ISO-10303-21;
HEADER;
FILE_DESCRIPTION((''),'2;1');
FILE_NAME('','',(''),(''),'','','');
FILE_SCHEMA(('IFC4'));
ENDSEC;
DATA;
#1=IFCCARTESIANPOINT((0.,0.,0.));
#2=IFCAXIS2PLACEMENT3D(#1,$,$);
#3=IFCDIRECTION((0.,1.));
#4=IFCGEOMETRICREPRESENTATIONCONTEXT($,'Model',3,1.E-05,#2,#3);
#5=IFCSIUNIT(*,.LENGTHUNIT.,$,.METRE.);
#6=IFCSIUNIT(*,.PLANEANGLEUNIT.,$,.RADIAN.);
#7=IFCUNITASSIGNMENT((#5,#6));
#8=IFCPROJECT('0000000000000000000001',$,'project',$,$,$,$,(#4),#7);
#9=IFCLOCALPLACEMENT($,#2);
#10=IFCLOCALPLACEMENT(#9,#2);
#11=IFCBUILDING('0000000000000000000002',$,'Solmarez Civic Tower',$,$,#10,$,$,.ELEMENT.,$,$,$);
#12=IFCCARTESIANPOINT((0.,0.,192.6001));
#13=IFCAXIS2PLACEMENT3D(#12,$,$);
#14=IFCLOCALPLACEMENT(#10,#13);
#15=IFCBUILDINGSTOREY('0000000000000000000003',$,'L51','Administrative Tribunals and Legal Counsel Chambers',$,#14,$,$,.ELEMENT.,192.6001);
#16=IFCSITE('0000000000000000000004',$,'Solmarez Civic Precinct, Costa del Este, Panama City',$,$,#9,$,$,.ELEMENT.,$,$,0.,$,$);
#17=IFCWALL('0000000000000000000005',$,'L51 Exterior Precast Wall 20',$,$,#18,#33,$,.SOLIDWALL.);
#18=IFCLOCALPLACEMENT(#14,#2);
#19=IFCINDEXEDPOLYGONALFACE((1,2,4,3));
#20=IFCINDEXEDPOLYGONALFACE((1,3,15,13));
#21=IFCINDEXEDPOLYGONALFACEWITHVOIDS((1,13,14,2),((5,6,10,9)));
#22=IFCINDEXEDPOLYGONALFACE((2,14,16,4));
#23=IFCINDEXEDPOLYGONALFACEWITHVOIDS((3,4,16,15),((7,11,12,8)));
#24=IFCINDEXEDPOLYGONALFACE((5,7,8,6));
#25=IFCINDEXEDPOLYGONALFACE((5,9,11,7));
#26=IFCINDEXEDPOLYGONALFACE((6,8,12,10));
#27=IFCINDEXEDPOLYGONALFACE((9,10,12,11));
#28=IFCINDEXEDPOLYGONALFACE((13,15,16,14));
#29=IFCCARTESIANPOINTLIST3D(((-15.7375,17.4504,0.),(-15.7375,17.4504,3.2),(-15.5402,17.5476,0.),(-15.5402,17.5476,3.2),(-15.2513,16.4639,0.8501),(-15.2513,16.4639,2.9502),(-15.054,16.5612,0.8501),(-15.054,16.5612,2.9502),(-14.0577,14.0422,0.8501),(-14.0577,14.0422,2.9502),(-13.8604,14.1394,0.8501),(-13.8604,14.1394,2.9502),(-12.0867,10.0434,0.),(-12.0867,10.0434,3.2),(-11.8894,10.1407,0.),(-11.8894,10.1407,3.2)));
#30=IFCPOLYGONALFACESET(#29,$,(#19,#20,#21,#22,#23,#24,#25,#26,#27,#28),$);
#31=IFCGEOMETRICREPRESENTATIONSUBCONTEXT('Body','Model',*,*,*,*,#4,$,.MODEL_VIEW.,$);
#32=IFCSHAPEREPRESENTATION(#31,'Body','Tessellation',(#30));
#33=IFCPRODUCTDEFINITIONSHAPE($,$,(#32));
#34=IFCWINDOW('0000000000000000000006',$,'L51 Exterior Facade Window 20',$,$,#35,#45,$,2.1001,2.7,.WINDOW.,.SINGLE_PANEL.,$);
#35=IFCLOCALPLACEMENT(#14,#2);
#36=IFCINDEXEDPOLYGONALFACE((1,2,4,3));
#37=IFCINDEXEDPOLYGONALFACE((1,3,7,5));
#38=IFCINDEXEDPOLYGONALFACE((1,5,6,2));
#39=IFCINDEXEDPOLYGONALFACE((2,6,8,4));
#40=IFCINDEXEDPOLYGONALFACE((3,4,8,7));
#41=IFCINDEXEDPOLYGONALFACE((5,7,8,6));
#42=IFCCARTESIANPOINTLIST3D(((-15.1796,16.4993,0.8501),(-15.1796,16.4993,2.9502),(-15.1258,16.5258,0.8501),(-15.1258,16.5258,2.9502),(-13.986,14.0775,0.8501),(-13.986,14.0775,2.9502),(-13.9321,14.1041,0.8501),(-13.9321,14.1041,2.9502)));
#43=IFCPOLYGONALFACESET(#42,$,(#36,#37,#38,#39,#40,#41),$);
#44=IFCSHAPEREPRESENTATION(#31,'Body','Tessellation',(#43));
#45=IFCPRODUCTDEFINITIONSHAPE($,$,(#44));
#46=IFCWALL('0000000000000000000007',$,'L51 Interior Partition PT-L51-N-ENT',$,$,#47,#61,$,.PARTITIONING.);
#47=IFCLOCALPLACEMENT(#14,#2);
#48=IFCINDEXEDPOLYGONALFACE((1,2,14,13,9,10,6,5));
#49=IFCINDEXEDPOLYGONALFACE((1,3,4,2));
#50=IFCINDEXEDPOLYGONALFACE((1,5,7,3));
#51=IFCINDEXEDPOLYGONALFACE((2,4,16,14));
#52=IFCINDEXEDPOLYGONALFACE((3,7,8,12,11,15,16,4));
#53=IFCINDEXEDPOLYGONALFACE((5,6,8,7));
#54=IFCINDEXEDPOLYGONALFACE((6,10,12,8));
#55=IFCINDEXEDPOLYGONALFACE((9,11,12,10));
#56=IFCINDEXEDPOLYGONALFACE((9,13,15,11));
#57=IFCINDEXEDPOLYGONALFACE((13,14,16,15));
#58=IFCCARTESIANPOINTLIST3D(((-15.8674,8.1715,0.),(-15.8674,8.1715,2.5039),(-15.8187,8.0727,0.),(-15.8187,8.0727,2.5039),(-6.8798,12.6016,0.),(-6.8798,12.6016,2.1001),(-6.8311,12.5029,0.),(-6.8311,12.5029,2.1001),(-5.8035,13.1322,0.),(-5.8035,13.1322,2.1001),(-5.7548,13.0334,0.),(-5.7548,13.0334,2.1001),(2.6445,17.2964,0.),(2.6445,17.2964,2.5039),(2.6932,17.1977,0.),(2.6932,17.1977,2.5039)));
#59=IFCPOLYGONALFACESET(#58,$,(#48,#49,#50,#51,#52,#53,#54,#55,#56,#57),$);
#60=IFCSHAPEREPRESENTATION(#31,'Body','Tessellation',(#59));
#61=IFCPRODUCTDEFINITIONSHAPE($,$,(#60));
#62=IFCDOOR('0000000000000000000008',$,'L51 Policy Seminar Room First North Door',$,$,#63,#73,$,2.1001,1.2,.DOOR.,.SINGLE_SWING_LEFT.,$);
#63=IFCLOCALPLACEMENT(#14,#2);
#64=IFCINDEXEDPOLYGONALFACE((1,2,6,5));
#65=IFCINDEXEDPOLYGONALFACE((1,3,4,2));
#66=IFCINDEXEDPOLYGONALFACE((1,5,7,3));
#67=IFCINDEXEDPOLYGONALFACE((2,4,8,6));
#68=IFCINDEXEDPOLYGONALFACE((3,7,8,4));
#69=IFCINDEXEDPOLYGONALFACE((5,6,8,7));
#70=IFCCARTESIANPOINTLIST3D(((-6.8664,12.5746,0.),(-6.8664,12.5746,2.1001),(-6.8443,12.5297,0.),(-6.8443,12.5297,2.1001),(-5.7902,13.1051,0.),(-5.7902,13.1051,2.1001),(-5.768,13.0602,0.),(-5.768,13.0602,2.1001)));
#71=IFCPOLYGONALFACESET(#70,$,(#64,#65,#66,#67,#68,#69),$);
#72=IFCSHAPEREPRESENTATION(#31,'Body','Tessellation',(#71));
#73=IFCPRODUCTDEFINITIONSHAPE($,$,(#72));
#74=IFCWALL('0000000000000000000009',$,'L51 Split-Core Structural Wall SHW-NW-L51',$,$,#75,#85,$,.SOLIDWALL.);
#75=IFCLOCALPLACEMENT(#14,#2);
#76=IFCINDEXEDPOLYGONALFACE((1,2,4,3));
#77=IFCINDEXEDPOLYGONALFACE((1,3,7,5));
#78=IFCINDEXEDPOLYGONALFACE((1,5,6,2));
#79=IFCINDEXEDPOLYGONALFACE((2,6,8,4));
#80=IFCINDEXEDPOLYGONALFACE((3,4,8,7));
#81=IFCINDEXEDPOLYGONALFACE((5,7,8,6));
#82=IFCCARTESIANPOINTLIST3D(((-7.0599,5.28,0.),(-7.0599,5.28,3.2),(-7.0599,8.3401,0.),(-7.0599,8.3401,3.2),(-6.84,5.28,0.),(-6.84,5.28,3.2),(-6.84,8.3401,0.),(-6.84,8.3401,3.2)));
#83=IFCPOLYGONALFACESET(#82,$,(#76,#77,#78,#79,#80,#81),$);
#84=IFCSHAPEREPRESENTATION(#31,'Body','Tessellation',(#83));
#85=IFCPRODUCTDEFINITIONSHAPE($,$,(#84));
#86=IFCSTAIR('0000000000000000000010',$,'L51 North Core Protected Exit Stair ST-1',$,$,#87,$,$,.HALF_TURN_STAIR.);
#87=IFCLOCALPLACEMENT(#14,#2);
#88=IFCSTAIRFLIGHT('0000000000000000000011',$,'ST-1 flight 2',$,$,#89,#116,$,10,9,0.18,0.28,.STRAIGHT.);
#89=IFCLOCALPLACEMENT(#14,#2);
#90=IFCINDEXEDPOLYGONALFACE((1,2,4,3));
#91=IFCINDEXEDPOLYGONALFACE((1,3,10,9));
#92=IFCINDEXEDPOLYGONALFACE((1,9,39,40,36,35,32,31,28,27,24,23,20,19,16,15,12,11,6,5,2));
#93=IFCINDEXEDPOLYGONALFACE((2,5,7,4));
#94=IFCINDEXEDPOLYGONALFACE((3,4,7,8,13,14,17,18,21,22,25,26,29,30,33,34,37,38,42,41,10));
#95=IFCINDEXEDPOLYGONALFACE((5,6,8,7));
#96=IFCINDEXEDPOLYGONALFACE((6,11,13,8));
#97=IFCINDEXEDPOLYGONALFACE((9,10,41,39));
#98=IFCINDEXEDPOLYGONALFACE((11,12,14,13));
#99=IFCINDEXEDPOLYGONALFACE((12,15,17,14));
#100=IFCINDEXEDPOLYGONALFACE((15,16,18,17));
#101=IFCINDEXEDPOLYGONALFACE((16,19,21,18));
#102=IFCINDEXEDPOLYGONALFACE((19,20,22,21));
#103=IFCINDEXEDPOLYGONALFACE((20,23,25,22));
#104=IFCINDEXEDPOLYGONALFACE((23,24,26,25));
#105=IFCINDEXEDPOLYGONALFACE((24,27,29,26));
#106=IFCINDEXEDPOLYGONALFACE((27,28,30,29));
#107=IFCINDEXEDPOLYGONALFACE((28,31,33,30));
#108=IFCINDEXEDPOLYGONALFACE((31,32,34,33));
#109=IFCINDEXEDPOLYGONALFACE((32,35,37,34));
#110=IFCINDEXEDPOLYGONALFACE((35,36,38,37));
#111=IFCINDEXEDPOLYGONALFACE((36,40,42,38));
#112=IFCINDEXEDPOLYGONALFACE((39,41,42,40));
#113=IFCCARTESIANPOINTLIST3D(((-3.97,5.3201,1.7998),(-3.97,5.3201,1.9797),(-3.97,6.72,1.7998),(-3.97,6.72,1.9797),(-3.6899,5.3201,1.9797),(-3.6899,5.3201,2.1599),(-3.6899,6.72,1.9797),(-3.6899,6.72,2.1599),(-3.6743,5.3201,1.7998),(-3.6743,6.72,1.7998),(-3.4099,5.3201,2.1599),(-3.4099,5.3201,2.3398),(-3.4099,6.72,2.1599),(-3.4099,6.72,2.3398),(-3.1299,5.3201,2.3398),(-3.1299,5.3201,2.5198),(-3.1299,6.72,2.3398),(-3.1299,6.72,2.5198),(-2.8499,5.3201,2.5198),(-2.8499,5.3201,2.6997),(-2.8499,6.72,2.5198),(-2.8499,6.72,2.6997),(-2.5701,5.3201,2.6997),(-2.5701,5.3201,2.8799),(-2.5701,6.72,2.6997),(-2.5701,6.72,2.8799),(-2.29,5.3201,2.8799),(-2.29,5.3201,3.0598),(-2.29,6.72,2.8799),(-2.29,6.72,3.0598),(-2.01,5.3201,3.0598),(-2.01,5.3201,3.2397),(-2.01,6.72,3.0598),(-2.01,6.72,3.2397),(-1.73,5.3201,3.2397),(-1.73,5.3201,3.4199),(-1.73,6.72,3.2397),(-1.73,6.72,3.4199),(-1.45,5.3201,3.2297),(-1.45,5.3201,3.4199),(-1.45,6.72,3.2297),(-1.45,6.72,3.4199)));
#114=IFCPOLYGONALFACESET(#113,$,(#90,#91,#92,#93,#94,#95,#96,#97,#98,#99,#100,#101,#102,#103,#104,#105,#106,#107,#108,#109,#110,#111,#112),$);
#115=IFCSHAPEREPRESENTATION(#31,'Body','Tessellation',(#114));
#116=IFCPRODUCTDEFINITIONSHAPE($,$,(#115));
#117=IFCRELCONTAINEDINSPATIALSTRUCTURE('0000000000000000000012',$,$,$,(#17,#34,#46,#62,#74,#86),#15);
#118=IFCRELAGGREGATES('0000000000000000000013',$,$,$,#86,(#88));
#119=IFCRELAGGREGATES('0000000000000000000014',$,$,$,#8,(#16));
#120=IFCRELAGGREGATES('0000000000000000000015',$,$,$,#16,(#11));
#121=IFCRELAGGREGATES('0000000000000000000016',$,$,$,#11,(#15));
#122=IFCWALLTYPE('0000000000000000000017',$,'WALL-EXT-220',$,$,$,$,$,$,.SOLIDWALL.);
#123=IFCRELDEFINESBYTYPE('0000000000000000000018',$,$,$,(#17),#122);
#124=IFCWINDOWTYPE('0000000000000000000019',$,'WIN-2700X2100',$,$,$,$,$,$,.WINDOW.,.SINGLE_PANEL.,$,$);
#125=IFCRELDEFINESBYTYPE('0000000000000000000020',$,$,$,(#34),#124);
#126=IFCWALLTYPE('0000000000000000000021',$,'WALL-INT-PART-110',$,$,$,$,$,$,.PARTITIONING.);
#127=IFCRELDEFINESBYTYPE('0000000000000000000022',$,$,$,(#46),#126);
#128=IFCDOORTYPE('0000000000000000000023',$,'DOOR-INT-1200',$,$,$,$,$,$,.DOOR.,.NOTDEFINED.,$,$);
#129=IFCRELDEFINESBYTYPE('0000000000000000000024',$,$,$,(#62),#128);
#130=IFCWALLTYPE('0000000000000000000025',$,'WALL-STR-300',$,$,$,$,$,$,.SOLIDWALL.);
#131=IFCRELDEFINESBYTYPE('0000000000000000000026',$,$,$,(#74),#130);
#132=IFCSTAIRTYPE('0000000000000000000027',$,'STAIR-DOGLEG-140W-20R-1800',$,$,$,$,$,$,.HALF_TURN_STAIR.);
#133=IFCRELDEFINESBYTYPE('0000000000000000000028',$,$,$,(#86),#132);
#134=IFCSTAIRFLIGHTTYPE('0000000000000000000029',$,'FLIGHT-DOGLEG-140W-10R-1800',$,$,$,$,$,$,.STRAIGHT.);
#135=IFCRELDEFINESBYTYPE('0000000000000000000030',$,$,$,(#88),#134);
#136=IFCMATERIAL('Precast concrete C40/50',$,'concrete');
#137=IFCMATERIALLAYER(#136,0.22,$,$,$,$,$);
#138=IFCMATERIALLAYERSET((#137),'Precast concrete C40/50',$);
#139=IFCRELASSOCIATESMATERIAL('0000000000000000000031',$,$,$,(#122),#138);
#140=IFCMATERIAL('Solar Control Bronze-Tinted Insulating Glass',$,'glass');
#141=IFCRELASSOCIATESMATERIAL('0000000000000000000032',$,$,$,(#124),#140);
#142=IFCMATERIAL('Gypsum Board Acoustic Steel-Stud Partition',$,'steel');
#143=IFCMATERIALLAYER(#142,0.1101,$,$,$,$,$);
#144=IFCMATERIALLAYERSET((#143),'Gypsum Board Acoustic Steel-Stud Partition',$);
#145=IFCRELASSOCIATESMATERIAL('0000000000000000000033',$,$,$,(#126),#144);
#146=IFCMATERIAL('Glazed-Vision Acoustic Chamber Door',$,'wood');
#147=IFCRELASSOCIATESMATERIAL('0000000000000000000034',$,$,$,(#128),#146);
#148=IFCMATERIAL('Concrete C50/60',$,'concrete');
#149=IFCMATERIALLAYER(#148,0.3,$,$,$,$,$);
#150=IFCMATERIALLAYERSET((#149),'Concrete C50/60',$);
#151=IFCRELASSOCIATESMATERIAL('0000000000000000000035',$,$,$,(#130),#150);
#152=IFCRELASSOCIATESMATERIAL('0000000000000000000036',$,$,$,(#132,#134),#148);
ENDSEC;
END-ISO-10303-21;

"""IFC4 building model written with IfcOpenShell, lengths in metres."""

from ifc_helpers import new_model, si_unit, direction, frame, frame_2d, origin, place, context, subcontext, project, spatial, polyline, rectangle, outline, extrude, material, layer, layer_set, type_object, element, fill, aggregate, save


model = new_model("IFC4")

# Units and contexts
model_context = context("Model", 3, precision=1e-05, world=origin(), true_north=direction((0.0, 1.0)))
body_context = subcontext(model_context, "Body", "Model", "MODEL_VIEW")
ifc_project = project(units=[si_unit("LENGTHUNIT", "METRE"), si_unit("PLANEANGLEUNIT", "RADIAN")], contexts=[model_context])

# Site, building, storey
site_placement = place(None, origin())
site = spatial("IfcSite", under=ifc_project, at=site_placement, Name="Solmarez Civic Precinct, Costa del Este, Panama City", CompositionType="ELEMENT", RefElevation=0.0)
building_placement = place(site_placement, origin())
building = spatial("IfcBuilding", under=site, at=building_placement, Name="Solmarez Civic Tower", CompositionType="ELEMENT")
storey_placement = place(building_placement, frame((0.0, 0.0, 192.6001)))
storey = spatial("IfcBuildingStorey", under=building, at=storey_placement, Name="L51", Description="Administrative Tribunals and Legal Counsel Chambers", CompositionType="ELEMENT", Elevation=192.6001)

# Shared definitions
ifc_material_1 = material(Name="Concrete C50/60", Category="concrete")

# Shared definitions
ifc_material_2 = material(Name="Precast concrete C40/50", Category="concrete")
ifc_layer_1 = layer(ifc_material_2, 0.22)
ifc_layer_set_1 = layer_set([ifc_layer_1], Name="Precast concrete C40/50")
wall_type_1 = type_object("IfcWallType", Name="WALL-EXT-220", PredefinedType="SOLIDWALL", material=ifc_layer_set_1)

# Wall, opening, window
wall_1_placement = place(storey_placement, frame((-11.988, 10.092, 0.0), z_axis=(0.0, 0.0, 1.0), x_axis=(-0.442109, 0.896961, 0.0)))
wall_1 = element("IfcWall", 1, at=wall_1_placement, inside=storey, type_object=wall_type_1, Name="L51 Exterior Precast Wall 20", PredefinedType="SOLIDWALL", context=body_context, shape_type="SweptSolid", body=[
    extrude(rectangle(XDim=8.2578, YDim=0.22, at=frame_2d((4.1289, 0.0))), origin(), (0.0, 0.0, 1.0), 3.2),
])
opening_1_placement = place(wall_1_placement, frame((4.458, 0.0, 0.8501)))
opening_1 = element("IfcOpeningElement", 2, at=opening_1_placement, cuts=wall_1, PredefinedType="OPENING", context=body_context, shape_type="SweptSolid", body=[
    extrude(rectangle(XDim=2.7, YDim=2.1001, at=frame_2d((1.3501, 1.05))), frame((0.0, 0.1199, 0.0), z_axis=(0.0, -1.0, 0.0), x_axis=(1.0, 0.0, 0.0)), (0.0, 0.0, 1.0), 0.24),
])
ifc_material_3 = material(Name="Solar Control Bronze-Tinted Insulating Glass", Category="glass")
window_type = type_object("IfcWindowType", Name="WIN-2700X2100", PartitioningType="SINGLE_PANEL", PredefinedType="WINDOW", material=ifc_material_3)
window_placement = place(opening_1_placement, origin())
window = element("IfcWindow", 3, at=window_placement, inside=storey, type_object=window_type, Name="L51 Exterior Facade Window 20", OverallHeight=2.1001, OverallWidth=2.7, PartitioningType="SINGLE_PANEL", PredefinedType="WINDOW", context=body_context, shape_type="SweptSolid", body=[
    extrude(rectangle(XDim=2.7, YDim=2.1001, at=frame_2d((1.3501, 1.05))), frame((0.0, 0.03, 0.0), z_axis=(0.0, -1.0, 0.0), x_axis=(1.0, 0.0, 0.0)), (0.0, 0.0, 1.0), 0.0601),
])
fill(opening_1, window)

# Wall, opening, door
ifc_material_4 = material(Name="Gypsum Board Acoustic Steel-Stud Partition", Category="steel")
ifc_layer_2 = layer(ifc_material_4, 0.1101)
ifc_layer_set_2 = layer_set([ifc_layer_2], Name="Gypsum Board Acoustic Steel-Stud Partition")
wall_type_2 = type_object("IfcWallType", Name="WALL-INT-PART-110", PredefinedType="PARTITIONING", material=ifc_layer_set_2)
wall_2_placement = place(storey_placement, frame((-15.843, 8.1221, 0.0), z_axis=(0.0, 0.0, 1.0), x_axis=(0.896951, 0.442129, 0.0)))
wall_2 = element("IfcWall", 4, at=wall_2_placement, inside=storey, type_object=wall_type_2, Name="L51 Interior Partition PT-L51-N-ENT", PredefinedType="PARTITIONING", context=body_context, shape_type="SweptSolid", body=[
    extrude(rectangle(XDim=20.6387, YDim=0.1101, at=frame_2d((10.3193, 0.0))), origin(), (0.0, 0.0, 1.0), 2.5039),
])
opening_2_placement = place(wall_2_placement, frame((10.02, 0.0, 0.0)))
opening_2 = element("IfcOpeningElement", 5, at=opening_2_placement, cuts=wall_2, PredefinedType="OPENING", context=body_context, shape_type="SweptSolid", body=[
    extrude(rectangle(XDim=1.2, YDim=2.1001, at=frame_2d((0.6001, 1.05))), frame((0.0, 0.0649, 0.0), z_axis=(0.0, -1.0, 0.0), x_axis=(1.0, 0.0, 0.0)), (0.0, 0.0, 1.0), 0.1301),
])
ifc_material_5 = material(Name="Glazed-Vision Acoustic Chamber Door", Category="wood")
door_type = type_object("IfcDoorType", Name="DOOR-INT-1200", OperationType="NOTDEFINED", PredefinedType="DOOR", material=ifc_material_5)
door_placement = place(opening_2_placement, origin())
door = element("IfcDoor", 6, at=door_placement, inside=storey, type_object=door_type, Name="L51 Policy Seminar Room First North Door", OperationType="SINGLE_SWING_LEFT", OverallHeight=2.1001, OverallWidth=1.2, PredefinedType="DOOR", context=body_context, shape_type="SweptSolid", body=[
    extrude(rectangle(XDim=1.2, YDim=2.1001, at=frame_2d((0.6001, 1.05))), frame((0.0, 0.0249, 0.0), z_axis=(0.0, -1.0, 0.0), x_axis=(1.0, 0.0, 0.0)), (0.0, 0.0, 1.0), 0.05),
])
fill(opening_2, door)

# Wall
ifc_layer_3 = layer(ifc_material_1, 0.3)
ifc_layer_set_3 = layer_set([ifc_layer_3], Name="Concrete C50/60")
wall_type_3 = type_object("IfcWallType", Name="WALL-STR-300", PredefinedType="SOLIDWALL", material=ifc_layer_set_3)
wall_3_placement = place(storey_placement, frame((-6.95, 5.28, 0.0), z_axis=(0.0, 0.0, 1.0), x_axis=(0.0, 1.0, 0.0)))
element("IfcWall", 7, at=wall_3_placement, inside=storey, type_object=wall_type_3, Name="L51 Split-Core Structural Wall SHW-NW-L51", PredefinedType="SOLIDWALL", context=body_context, shape_type="SweptSolid", body=[
    extrude(rectangle(XDim=3.0601, YDim=0.22, at=frame_2d((1.53, 0.0))), origin(), (0.0, 0.0, 1.0), 3.2),
])

# Stair, stair flight
stair_type = type_object("IfcStairType", Name="STAIR-DOGLEG-140W-20R-1800", PredefinedType="HALF_TURN_STAIR", material=ifc_material_1)
stair_placement = place(storey_placement, origin())
stair = element("IfcStair", 8, at=stair_placement, inside=storey, type_object=stair_type, Name="L51 North Core Protected Exit Stair ST-1", PredefinedType="HALF_TURN_STAIR")
stair_flight_type = type_object("IfcStairFlightType", Name="FLIGHT-DOGLEG-140W-10R-1800", PredefinedType="STRAIGHT", material=ifc_material_1)
stair_flight_placement = place(storey_placement, frame((-3.97, 6.02, 1.7998), z_axis=(0.0, 0.0, 1.0), x_axis=(1.0, 0.0, 0.0)))
stair_flight = element("IfcStairFlight", 9, at=stair_flight_placement, type_object=stair_flight_type, Name="ST-1 flight 2", NumberOfRisers=10, NumberOfTreads=9, PredefinedType="STRAIGHT", RiserHeight=0.18, TreadLength=0.28, context=body_context, shape_type="SweptSolid", body=[
    extrude(outline(polyline([(0.0, 0.0), (0.0, 0.1799), (0.28, 0.1799), (0.28, 0.3601), (0.5601, 0.3601), (0.5601, 0.54), (0.8401, 0.54), (0.8401, 0.72), (1.1201, 0.72), (1.1201, 0.8999), (1.3999, 0.8999), (1.3999, 1.0801), (1.6799, 1.0801), (1.6799, 1.26), (1.96, 1.26), (1.96, 1.4399), (2.24, 1.4399), (2.24, 1.6201), (2.52, 1.6201), (2.52, 1.8), (2.52, 1.4299), (0.2957, 0.0), (0.0, 0.0)])), frame((0.0, 0.7, 0.0), z_axis=(0.0, -1.0, 0.0), x_axis=(1.0, 0.0, 0.0)), (0.0, 0.0, 1.0), 1.3999),
])
aggregate(stair, [stair_flight])

save(model, "model.ifc")
